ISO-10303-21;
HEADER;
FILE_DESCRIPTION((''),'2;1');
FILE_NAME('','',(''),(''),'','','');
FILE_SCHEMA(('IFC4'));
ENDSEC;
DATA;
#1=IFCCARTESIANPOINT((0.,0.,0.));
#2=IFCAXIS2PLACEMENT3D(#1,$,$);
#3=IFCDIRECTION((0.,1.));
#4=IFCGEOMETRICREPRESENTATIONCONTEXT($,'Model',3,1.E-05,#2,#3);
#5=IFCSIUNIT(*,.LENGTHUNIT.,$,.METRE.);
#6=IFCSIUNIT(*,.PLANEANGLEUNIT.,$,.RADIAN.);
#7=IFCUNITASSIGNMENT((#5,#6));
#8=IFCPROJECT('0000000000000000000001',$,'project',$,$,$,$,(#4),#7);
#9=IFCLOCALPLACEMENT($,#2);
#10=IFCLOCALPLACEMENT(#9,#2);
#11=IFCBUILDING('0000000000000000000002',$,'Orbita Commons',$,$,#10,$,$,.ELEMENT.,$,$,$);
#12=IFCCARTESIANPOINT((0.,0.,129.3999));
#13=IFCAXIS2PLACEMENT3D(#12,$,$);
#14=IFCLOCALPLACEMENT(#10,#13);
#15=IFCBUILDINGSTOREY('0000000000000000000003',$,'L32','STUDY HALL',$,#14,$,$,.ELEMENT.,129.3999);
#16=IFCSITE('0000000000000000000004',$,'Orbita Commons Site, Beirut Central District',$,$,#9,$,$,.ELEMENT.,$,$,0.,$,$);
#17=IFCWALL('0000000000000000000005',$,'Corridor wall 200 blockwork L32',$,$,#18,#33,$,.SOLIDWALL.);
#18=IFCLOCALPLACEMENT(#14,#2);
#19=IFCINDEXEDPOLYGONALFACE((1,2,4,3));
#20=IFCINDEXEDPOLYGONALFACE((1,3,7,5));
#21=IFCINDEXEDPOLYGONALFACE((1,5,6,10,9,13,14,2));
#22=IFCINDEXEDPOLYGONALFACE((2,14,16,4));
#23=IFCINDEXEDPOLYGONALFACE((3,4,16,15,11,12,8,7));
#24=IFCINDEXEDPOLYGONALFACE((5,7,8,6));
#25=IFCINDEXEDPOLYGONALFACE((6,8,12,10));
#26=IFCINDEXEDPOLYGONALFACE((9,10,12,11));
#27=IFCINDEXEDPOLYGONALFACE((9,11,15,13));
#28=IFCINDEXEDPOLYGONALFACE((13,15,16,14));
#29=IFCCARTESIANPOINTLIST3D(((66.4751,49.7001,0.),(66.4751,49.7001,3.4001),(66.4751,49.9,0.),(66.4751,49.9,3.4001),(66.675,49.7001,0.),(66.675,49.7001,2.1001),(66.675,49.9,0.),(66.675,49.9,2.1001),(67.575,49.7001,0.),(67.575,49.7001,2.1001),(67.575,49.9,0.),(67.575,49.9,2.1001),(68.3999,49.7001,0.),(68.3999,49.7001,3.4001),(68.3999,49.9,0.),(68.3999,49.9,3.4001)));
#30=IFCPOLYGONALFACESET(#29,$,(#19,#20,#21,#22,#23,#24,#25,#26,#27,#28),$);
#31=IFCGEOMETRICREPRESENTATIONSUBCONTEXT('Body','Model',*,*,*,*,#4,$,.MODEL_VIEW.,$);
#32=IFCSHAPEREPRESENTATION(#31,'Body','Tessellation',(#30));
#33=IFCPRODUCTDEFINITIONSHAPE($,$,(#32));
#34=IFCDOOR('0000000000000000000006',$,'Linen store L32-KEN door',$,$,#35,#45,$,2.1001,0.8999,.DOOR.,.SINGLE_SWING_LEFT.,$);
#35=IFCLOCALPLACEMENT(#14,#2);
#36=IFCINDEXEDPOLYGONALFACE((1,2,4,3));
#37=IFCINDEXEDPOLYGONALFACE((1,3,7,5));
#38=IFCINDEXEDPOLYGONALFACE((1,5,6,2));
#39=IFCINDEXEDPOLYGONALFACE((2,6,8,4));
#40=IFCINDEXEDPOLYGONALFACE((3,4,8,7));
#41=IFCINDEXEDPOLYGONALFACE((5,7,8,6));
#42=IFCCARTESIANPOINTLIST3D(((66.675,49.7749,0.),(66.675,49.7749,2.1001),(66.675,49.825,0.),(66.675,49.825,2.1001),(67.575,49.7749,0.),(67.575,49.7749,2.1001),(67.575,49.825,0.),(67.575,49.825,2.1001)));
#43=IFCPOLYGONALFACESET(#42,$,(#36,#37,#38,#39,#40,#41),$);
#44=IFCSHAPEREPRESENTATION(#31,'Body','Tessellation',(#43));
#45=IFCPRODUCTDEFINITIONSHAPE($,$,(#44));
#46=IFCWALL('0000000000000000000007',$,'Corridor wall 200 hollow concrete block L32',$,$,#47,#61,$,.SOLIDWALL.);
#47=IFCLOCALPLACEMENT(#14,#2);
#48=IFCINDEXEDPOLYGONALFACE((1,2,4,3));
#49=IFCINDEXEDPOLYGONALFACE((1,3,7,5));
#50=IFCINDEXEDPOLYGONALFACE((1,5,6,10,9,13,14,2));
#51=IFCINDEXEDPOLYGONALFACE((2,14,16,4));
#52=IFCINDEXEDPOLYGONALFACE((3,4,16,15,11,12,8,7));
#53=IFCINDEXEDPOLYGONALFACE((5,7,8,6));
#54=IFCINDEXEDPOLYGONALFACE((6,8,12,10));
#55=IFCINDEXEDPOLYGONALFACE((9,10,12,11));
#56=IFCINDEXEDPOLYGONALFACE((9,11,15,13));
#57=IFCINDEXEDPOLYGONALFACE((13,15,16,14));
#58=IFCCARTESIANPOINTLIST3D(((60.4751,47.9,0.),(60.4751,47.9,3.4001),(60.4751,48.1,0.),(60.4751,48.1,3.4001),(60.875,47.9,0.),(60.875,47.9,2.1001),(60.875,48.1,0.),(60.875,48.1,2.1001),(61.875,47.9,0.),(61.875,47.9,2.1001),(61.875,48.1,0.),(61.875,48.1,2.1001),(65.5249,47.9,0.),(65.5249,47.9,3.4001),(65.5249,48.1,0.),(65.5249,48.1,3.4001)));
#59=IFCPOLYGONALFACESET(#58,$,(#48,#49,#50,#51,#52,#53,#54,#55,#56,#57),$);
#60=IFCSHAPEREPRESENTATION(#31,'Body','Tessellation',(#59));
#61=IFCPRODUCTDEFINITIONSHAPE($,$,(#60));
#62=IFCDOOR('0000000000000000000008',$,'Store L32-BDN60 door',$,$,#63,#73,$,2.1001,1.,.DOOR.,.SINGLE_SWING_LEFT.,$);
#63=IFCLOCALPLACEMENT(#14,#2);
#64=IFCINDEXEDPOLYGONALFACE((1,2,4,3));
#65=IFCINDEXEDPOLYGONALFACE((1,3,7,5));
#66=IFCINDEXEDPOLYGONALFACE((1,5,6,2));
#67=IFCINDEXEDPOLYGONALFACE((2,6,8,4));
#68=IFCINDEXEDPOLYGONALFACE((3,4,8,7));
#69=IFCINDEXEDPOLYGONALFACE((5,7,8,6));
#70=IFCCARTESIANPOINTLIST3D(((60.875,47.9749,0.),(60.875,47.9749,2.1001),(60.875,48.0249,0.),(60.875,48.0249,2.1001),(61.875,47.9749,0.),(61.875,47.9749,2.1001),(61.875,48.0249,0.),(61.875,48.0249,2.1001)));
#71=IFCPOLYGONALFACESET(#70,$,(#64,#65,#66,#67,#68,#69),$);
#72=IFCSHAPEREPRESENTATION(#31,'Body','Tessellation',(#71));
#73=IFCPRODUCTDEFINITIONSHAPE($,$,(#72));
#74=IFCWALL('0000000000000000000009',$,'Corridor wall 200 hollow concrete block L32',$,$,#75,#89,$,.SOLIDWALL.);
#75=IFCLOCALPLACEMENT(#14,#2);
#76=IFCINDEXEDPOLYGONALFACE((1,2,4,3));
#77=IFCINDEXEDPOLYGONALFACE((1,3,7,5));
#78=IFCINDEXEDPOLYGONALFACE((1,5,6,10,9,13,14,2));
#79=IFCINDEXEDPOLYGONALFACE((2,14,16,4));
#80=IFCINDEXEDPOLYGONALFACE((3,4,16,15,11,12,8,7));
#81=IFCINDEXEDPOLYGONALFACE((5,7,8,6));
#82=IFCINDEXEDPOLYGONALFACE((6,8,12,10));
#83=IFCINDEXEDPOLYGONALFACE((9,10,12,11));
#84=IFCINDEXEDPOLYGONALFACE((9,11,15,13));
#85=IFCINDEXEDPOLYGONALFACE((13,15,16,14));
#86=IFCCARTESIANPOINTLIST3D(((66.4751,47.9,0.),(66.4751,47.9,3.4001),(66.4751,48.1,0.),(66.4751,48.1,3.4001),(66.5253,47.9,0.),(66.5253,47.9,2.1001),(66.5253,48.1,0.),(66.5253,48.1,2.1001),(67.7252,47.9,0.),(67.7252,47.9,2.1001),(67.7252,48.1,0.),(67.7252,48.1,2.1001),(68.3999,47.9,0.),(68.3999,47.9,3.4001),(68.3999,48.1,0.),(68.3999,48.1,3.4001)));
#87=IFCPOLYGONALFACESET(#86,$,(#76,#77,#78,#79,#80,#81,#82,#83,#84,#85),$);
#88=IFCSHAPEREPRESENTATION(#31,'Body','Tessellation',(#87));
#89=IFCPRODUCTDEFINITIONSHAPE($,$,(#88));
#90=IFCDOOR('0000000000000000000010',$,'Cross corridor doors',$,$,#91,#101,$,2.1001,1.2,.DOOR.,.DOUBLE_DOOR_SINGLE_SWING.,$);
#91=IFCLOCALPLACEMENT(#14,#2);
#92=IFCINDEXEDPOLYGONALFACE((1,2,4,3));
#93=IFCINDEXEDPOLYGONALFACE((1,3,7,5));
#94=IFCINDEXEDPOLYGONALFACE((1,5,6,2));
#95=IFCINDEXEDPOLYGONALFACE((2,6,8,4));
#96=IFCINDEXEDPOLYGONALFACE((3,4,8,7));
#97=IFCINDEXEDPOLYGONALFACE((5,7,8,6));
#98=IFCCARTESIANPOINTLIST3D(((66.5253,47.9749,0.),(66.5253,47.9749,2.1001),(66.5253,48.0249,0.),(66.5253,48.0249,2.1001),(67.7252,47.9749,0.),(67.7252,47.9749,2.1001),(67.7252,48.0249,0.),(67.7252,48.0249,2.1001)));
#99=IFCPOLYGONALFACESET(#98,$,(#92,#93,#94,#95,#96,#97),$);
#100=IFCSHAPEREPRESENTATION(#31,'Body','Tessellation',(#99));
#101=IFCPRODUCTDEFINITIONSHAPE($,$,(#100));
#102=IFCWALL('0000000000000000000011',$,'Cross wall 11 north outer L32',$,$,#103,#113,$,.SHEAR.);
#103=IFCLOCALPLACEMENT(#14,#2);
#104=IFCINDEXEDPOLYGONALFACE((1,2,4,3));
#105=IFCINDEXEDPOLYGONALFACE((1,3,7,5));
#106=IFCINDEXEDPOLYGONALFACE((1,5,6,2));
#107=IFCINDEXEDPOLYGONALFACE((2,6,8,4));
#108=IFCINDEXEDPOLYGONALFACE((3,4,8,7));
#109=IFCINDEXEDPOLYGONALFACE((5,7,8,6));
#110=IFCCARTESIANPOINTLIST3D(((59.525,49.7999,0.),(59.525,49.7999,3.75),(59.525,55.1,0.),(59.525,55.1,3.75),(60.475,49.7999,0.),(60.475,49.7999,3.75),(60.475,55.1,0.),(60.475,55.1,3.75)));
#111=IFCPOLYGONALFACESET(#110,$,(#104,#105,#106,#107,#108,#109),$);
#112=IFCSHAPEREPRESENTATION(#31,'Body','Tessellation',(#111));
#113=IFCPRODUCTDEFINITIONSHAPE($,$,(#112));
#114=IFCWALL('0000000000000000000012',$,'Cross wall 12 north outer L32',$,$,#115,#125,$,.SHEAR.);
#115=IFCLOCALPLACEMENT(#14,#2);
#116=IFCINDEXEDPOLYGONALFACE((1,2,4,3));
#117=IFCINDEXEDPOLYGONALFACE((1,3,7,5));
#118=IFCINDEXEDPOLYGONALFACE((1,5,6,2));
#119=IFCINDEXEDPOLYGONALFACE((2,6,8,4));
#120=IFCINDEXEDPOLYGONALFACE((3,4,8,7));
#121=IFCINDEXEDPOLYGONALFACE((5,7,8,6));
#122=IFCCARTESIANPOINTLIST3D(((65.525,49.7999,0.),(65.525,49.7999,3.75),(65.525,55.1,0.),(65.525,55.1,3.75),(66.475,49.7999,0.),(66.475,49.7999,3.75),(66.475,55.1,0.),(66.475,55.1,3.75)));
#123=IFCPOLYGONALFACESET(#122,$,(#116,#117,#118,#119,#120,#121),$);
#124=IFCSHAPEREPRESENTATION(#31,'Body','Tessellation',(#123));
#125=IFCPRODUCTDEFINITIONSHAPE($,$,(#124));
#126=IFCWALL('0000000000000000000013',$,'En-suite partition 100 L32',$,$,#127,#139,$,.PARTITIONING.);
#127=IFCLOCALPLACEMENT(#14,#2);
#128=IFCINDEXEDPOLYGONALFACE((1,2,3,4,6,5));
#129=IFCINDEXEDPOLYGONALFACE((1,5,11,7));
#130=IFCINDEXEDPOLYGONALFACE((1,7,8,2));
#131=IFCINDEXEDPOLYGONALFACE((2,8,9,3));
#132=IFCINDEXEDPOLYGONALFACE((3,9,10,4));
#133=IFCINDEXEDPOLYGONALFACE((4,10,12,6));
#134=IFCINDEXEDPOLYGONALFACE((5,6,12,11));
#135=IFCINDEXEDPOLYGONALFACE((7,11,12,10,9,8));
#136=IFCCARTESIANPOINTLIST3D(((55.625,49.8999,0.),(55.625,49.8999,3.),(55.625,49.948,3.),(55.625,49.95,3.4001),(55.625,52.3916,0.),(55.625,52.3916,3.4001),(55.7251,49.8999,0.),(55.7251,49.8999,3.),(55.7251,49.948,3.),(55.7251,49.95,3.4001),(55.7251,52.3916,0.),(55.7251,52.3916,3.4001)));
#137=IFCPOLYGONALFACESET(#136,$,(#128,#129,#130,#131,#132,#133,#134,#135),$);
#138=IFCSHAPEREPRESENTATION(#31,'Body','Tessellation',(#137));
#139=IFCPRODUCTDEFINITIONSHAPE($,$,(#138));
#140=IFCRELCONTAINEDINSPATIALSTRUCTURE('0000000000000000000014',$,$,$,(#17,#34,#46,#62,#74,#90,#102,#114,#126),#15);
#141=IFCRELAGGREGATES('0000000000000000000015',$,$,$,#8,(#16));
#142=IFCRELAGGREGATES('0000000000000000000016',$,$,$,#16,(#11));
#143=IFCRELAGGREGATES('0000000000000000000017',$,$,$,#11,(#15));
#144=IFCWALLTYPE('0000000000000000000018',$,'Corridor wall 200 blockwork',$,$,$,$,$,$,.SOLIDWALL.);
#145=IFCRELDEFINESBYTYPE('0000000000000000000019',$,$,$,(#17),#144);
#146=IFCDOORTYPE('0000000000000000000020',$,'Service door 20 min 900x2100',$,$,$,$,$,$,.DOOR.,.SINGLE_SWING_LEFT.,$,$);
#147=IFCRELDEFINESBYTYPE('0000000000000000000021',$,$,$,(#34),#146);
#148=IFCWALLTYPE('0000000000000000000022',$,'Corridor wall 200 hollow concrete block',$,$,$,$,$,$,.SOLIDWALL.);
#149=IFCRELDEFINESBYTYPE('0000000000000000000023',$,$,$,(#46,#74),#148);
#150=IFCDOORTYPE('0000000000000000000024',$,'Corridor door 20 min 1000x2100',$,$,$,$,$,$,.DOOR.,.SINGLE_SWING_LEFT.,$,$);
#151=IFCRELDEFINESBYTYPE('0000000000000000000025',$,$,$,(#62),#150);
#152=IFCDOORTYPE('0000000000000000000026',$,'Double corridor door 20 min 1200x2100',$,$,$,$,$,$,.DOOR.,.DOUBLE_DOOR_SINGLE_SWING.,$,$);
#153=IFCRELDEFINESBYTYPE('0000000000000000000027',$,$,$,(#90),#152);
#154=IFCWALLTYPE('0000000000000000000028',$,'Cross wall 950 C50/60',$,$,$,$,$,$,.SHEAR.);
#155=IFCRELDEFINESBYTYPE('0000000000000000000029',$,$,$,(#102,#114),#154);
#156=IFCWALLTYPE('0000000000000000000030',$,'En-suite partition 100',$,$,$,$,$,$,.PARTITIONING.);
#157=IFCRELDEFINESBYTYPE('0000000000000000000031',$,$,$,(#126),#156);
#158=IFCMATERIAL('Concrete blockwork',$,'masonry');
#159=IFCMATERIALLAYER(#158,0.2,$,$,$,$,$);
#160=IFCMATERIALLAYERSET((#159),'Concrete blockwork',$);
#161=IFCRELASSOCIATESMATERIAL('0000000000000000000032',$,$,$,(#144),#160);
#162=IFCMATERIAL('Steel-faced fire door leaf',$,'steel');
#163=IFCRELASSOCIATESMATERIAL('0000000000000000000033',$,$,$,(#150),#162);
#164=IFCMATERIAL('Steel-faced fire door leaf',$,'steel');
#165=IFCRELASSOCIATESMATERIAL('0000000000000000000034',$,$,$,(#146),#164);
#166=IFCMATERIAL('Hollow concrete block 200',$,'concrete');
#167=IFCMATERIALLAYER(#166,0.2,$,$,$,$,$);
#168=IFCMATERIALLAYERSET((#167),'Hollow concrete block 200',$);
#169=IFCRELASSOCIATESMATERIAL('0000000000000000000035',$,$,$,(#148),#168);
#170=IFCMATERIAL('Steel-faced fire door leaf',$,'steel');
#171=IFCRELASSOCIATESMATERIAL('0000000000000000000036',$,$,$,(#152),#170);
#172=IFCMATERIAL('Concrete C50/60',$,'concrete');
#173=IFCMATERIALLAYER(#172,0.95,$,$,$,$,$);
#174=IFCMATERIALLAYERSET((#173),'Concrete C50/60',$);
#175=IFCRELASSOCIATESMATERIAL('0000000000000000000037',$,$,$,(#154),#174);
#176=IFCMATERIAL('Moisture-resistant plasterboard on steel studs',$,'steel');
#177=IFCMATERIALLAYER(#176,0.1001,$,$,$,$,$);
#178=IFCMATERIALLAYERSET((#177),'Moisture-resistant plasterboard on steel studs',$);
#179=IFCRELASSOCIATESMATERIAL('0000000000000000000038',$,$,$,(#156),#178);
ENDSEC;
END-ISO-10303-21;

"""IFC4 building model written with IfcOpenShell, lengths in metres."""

from ifc_helpers import new_model, si_unit, direction, frame, frame_2d, origin, place, context, subcontext, project, spatial, polyline, rectangle, outline, extrude, material, layer, layer_set, type_object, element, fill, save


model = new_model("IFC4")

# Units and contexts
model_context = context("Model", 3, precision=1e-05, world=origin(), true_north=direction((0.0, 1.0)))
body_context = subcontext(model_context, "Body", "Model", "MODEL_VIEW")
ifc_project = project(units=[si_unit("LENGTHUNIT", "METRE"), si_unit("PLANEANGLEUNIT", "RADIAN")], contexts=[model_context])

# Site, building, storey
site_placement = place(None, origin())
site = spatial("IfcSite", under=ifc_project, at=site_placement, Name="Orbita Commons Site, Beirut Central District", CompositionType="ELEMENT", RefElevation=0.0)
building_placement = place(site_placement, origin())
building = spatial("IfcBuilding", under=site, at=building_placement, Name="Orbita Commons", CompositionType="ELEMENT")
storey_placement = place(building_placement, frame((0.0, 0.0, 129.3999)))
storey = spatial("IfcBuildingStorey", under=building, at=storey_placement, Name="L32", Description="STUDY HALL", CompositionType="ELEMENT", Elevation=129.3999)

# Shared definitions
ifc_material_1 = material(Name="Concrete blockwork", Category="masonry")
ifc_layer_1 = layer(ifc_material_1, 0.2)
ifc_layer_set_1 = layer_set([ifc_layer_1], Name="Concrete blockwork")
wall_type_1 = type_object("IfcWallType", Name="Corridor wall 200 blockwork", PredefinedType="SOLIDWALL", material=ifc_layer_set_1)

# Walls, openings, doors
ifc_material_2 = material(Name="Steel-faced fire door leaf", Category="steel")
door_type_1 = type_object("IfcDoorType", Name="Corridor door 20 min 1000x2100", OperationType="SINGLE_SWING_LEFT", PredefinedType="DOOR", material=ifc_material_2)
wall_1_placement = place(storey_placement, frame((66.4751, 49.8, 0.0), z_axis=(0.0, 0.0, 1.0), x_axis=(1.0, 0.0, 0.0)))
wall_1 = element("IfcWall", 1, at=wall_1_placement, inside=storey, type_object=wall_type_1, Name="Corridor wall 200 blockwork L32", PredefinedType="SOLIDWALL", context=body_context, shape_type="SweptSolid", body=[
    extrude(rectangle(XDim=1.9248, YDim=0.2, at=frame_2d((0.9624, 0.0))), origin(), (0.0, 0.0, 1.0), 3.4001),
])
opening_1_placement = place(wall_1_placement, frame((0.2, 0.0, 0.0)))
opening_1 = element("IfcOpeningElement", 2, at=opening_1_placement, cuts=wall_1, PredefinedType="OPENING", context=body_context, shape_type="SweptSolid", body=[
    extrude(rectangle(XDim=0.8999, YDim=2.1001, at=frame_2d((0.45, 1.05))), frame((0.0, 0.1099, 0.0), z_axis=(0.0, -1.0, 0.0), x_axis=(1.0, 0.0, 0.0)), (0.0, 0.0, 1.0), 0.22),
])
ifc_material_3 = material(Name="Steel-faced fire door leaf", Category="steel")
door_type_2 = type_object("IfcDoorType", Name="Service door 20 min 900x2100", OperationType="SINGLE_SWING_LEFT", PredefinedType="DOOR", material=ifc_material_3)
door_1_placement = place(opening_1_placement, origin())
door_1 = element("IfcDoor", 3, at=door_1_placement, inside=storey, type_object=door_type_2, Name="Linen store L32-KEN door", OperationType="SINGLE_SWING_LEFT", OverallHeight=2.1001, OverallWidth=0.8999, PredefinedType="DOOR", context=body_context, shape_type="SweptSolid", body=[
    extrude(rectangle(XDim=0.8999, YDim=2.1001, at=frame_2d((0.45, 1.05))), frame((0.0, 0.0249, 0.0), z_axis=(0.0, -1.0, 0.0), x_axis=(1.0, 0.0, 0.0)), (0.0, 0.0, 1.0), 0.05),
])
fill(opening_1, door_1)
ifc_material_4 = material(Name="Hollow concrete block 200", Category="concrete")
ifc_layer_2 = layer(ifc_material_4, 0.2)
ifc_layer_set_2 = layer_set([ifc_layer_2], Name="Hollow concrete block 200")
wall_type_2 = type_object("IfcWallType", Name="Corridor wall 200 hollow concrete block", PredefinedType="SOLIDWALL", material=ifc_layer_set_2)
wall_2_placement = place(storey_placement, frame((60.4751, 48.0, 0.0), z_axis=(0.0, 0.0, 1.0), x_axis=(1.0, 0.0, 0.0)))
wall_2 = element("IfcWall", 4, at=wall_2_placement, inside=storey, type_object=wall_type_2, Name="Corridor wall 200 hollow concrete block L32", PredefinedType="SOLIDWALL", context=body_context, shape_type="SweptSolid", body=[
    extrude(rectangle(XDim=5.0498, YDim=0.2, at=frame_2d((2.5249, 0.0))), origin(), (0.0, 0.0, 1.0), 3.4001),
])
opening_2_placement = place(wall_2_placement, frame((0.3999, 0.0, 0.0)))
opening_2 = element("IfcOpeningElement", 5, at=opening_2_placement, cuts=wall_2, PredefinedType="OPENING", context=body_context, shape_type="SweptSolid", body=[
    extrude(rectangle(XDim=1.0, YDim=2.1001, at=frame_2d((0.5, 1.05))), frame((0.0, 0.1099, 0.0), z_axis=(0.0, -1.0, 0.0), x_axis=(1.0, 0.0, 0.0)), (0.0, 0.0, 1.0), 0.22),
])
door_2_placement = place(opening_2_placement, origin())
door_2 = element("IfcDoor", 6, at=door_2_placement, inside=storey, type_object=door_type_1, Name="Store L32-BDN60 door", OperationType="SINGLE_SWING_LEFT", OverallHeight=2.1001, OverallWidth=1.0, PredefinedType="DOOR", context=body_context, shape_type="SweptSolid", body=[
    extrude(rectangle(XDim=1.0, YDim=2.1001, at=frame_2d((0.5, 1.05))), frame((0.0, 0.0249, 0.0), z_axis=(0.0, -1.0, 0.0), x_axis=(1.0, 0.0, 0.0)), (0.0, 0.0, 1.0), 0.05),
])
fill(opening_2, door_2)
wall_3_placement = place(storey_placement, frame((66.4751, 48.0, 0.0), z_axis=(0.0, 0.0, 1.0), x_axis=(1.0, 0.0, 0.0)))
wall_3 = element("IfcWall", 7, at=wall_3_placement, inside=storey, type_object=wall_type_2, Name="Corridor wall 200 hollow concrete block L32", PredefinedType="SOLIDWALL", context=body_context, shape_type="SweptSolid", body=[
    extrude(rectangle(XDim=1.9248, YDim=0.2, at=frame_2d((0.9624, 0.0))), origin(), (0.0, 0.0, 1.0), 3.4001),
])
opening_3_placement = place(wall_3_placement, frame((0.05, 0.0, 0.0)))
opening_3 = element("IfcOpeningElement", 8, at=opening_3_placement, cuts=wall_3, PredefinedType="OPENING", context=body_context, shape_type="SweptSolid", body=[
    extrude(rectangle(XDim=1.2, YDim=2.1001, at=frame_2d((0.6001, 1.05))), frame((0.0, 0.1099, 0.0), z_axis=(0.0, -1.0, 0.0), x_axis=(1.0, 0.0, 0.0)), (0.0, 0.0, 1.0), 0.22),
])
ifc_material_5 = material(Name="Steel-faced fire door leaf", Category="steel")
door_type_3 = type_object("IfcDoorType", Name="Double corridor door 20 min 1200x2100", OperationType="DOUBLE_DOOR_SINGLE_SWING", PredefinedType="DOOR", material=ifc_material_5)
door_3_placement = place(opening_3_placement, origin())
door_3 = element("IfcDoor", 9, at=door_3_placement, inside=storey, type_object=door_type_3, Name="Cross corridor doors", OperationType="DOUBLE_DOOR_SINGLE_SWING", OverallHeight=2.1001, OverallWidth=1.2, PredefinedType="DOOR", context=body_context, shape_type="SweptSolid", body=[
    extrude(rectangle(XDim=1.2, YDim=2.1001, at=frame_2d((0.6001, 1.05))), frame((0.0, 0.0249, 0.0), z_axis=(0.0, -1.0, 0.0), x_axis=(1.0, 0.0, 0.0)), (0.0, 0.0, 1.0), 0.05),
])
fill(opening_3, door_3)

# Walls
ifc_material_6 = material(Name="Concrete C50/60", Category="concrete")
ifc_layer_3 = layer(ifc_material_6, 0.95)
ifc_layer_set_3 = layer_set([ifc_layer_3], Name="Concrete C50/60")
wall_type_3 = type_object("IfcWallType", Name="Cross wall 950 C50/60", PredefinedType="SHEAR", material=ifc_layer_set_3)
for number, where, z_axis, x_axis, name in (
    (10, (60.0, 49.8, 0.0), (0.0, 0.0, 1.0), (0.0, 1.0, 0.0), "Cross wall 11 north outer L32"),
    (11, (66.0, 49.8, 0.0), (0.0, 0.0, 1.0), (0.0, 1.0, 0.0), "Cross wall 12 north outer L32"),
):
    element("IfcWall", number, at=place(storey_placement, frame(where, z_axis=z_axis, x_axis=x_axis)), inside=storey, type_object=wall_type_3, Name=name, PredefinedType="SHEAR", context=body_context, shape_type="SweptSolid", body=[
        extrude(rectangle(XDim=5.3, YDim=0.95, at=frame_2d((2.6499, 0.0))), origin(), (0.0, 0.0, 1.0), 3.75),
    ])
ifc_material_7 = material(Name="Moisture-resistant plasterboard on steel studs", Category="steel")
ifc_layer_4 = layer(ifc_material_7, 0.1001)
ifc_layer_set_4 = layer_set([ifc_layer_4], Name="Moisture-resistant plasterboard on steel studs")
wall_type_4 = type_object("IfcWallType", Name="En-suite partition 100", PredefinedType="PARTITIONING", material=ifc_layer_set_4)
wall_4_placement = place(storey_placement, frame((55.675, 52.3916, 0.0), z_axis=(0.0, 0.0, 1.0), x_axis=(0.0, -1.0, 0.0)))
element("IfcWall", 12, at=wall_4_placement, inside=storey, type_object=wall_type_4, Name="En-suite partition 100 L32", PredefinedType="PARTITIONING", context=body_context, shape_type="SweptSolid", body=[
    extrude(outline(polyline([(0.0, 0.0), (2.4917, 0.0), (2.4917, 3.0), (2.4436, 3.0), (2.4417, 3.4001), (0.0, 3.4001), (0.0, 0.0)])), frame((0.0, 0.05, 0.0), z_axis=(0.0, -1.0, 0.0), x_axis=(1.0, 0.0, 0.0)), (0.0, 0.0, 1.0), 0.1001),
])

save(model, "model.ifc")
